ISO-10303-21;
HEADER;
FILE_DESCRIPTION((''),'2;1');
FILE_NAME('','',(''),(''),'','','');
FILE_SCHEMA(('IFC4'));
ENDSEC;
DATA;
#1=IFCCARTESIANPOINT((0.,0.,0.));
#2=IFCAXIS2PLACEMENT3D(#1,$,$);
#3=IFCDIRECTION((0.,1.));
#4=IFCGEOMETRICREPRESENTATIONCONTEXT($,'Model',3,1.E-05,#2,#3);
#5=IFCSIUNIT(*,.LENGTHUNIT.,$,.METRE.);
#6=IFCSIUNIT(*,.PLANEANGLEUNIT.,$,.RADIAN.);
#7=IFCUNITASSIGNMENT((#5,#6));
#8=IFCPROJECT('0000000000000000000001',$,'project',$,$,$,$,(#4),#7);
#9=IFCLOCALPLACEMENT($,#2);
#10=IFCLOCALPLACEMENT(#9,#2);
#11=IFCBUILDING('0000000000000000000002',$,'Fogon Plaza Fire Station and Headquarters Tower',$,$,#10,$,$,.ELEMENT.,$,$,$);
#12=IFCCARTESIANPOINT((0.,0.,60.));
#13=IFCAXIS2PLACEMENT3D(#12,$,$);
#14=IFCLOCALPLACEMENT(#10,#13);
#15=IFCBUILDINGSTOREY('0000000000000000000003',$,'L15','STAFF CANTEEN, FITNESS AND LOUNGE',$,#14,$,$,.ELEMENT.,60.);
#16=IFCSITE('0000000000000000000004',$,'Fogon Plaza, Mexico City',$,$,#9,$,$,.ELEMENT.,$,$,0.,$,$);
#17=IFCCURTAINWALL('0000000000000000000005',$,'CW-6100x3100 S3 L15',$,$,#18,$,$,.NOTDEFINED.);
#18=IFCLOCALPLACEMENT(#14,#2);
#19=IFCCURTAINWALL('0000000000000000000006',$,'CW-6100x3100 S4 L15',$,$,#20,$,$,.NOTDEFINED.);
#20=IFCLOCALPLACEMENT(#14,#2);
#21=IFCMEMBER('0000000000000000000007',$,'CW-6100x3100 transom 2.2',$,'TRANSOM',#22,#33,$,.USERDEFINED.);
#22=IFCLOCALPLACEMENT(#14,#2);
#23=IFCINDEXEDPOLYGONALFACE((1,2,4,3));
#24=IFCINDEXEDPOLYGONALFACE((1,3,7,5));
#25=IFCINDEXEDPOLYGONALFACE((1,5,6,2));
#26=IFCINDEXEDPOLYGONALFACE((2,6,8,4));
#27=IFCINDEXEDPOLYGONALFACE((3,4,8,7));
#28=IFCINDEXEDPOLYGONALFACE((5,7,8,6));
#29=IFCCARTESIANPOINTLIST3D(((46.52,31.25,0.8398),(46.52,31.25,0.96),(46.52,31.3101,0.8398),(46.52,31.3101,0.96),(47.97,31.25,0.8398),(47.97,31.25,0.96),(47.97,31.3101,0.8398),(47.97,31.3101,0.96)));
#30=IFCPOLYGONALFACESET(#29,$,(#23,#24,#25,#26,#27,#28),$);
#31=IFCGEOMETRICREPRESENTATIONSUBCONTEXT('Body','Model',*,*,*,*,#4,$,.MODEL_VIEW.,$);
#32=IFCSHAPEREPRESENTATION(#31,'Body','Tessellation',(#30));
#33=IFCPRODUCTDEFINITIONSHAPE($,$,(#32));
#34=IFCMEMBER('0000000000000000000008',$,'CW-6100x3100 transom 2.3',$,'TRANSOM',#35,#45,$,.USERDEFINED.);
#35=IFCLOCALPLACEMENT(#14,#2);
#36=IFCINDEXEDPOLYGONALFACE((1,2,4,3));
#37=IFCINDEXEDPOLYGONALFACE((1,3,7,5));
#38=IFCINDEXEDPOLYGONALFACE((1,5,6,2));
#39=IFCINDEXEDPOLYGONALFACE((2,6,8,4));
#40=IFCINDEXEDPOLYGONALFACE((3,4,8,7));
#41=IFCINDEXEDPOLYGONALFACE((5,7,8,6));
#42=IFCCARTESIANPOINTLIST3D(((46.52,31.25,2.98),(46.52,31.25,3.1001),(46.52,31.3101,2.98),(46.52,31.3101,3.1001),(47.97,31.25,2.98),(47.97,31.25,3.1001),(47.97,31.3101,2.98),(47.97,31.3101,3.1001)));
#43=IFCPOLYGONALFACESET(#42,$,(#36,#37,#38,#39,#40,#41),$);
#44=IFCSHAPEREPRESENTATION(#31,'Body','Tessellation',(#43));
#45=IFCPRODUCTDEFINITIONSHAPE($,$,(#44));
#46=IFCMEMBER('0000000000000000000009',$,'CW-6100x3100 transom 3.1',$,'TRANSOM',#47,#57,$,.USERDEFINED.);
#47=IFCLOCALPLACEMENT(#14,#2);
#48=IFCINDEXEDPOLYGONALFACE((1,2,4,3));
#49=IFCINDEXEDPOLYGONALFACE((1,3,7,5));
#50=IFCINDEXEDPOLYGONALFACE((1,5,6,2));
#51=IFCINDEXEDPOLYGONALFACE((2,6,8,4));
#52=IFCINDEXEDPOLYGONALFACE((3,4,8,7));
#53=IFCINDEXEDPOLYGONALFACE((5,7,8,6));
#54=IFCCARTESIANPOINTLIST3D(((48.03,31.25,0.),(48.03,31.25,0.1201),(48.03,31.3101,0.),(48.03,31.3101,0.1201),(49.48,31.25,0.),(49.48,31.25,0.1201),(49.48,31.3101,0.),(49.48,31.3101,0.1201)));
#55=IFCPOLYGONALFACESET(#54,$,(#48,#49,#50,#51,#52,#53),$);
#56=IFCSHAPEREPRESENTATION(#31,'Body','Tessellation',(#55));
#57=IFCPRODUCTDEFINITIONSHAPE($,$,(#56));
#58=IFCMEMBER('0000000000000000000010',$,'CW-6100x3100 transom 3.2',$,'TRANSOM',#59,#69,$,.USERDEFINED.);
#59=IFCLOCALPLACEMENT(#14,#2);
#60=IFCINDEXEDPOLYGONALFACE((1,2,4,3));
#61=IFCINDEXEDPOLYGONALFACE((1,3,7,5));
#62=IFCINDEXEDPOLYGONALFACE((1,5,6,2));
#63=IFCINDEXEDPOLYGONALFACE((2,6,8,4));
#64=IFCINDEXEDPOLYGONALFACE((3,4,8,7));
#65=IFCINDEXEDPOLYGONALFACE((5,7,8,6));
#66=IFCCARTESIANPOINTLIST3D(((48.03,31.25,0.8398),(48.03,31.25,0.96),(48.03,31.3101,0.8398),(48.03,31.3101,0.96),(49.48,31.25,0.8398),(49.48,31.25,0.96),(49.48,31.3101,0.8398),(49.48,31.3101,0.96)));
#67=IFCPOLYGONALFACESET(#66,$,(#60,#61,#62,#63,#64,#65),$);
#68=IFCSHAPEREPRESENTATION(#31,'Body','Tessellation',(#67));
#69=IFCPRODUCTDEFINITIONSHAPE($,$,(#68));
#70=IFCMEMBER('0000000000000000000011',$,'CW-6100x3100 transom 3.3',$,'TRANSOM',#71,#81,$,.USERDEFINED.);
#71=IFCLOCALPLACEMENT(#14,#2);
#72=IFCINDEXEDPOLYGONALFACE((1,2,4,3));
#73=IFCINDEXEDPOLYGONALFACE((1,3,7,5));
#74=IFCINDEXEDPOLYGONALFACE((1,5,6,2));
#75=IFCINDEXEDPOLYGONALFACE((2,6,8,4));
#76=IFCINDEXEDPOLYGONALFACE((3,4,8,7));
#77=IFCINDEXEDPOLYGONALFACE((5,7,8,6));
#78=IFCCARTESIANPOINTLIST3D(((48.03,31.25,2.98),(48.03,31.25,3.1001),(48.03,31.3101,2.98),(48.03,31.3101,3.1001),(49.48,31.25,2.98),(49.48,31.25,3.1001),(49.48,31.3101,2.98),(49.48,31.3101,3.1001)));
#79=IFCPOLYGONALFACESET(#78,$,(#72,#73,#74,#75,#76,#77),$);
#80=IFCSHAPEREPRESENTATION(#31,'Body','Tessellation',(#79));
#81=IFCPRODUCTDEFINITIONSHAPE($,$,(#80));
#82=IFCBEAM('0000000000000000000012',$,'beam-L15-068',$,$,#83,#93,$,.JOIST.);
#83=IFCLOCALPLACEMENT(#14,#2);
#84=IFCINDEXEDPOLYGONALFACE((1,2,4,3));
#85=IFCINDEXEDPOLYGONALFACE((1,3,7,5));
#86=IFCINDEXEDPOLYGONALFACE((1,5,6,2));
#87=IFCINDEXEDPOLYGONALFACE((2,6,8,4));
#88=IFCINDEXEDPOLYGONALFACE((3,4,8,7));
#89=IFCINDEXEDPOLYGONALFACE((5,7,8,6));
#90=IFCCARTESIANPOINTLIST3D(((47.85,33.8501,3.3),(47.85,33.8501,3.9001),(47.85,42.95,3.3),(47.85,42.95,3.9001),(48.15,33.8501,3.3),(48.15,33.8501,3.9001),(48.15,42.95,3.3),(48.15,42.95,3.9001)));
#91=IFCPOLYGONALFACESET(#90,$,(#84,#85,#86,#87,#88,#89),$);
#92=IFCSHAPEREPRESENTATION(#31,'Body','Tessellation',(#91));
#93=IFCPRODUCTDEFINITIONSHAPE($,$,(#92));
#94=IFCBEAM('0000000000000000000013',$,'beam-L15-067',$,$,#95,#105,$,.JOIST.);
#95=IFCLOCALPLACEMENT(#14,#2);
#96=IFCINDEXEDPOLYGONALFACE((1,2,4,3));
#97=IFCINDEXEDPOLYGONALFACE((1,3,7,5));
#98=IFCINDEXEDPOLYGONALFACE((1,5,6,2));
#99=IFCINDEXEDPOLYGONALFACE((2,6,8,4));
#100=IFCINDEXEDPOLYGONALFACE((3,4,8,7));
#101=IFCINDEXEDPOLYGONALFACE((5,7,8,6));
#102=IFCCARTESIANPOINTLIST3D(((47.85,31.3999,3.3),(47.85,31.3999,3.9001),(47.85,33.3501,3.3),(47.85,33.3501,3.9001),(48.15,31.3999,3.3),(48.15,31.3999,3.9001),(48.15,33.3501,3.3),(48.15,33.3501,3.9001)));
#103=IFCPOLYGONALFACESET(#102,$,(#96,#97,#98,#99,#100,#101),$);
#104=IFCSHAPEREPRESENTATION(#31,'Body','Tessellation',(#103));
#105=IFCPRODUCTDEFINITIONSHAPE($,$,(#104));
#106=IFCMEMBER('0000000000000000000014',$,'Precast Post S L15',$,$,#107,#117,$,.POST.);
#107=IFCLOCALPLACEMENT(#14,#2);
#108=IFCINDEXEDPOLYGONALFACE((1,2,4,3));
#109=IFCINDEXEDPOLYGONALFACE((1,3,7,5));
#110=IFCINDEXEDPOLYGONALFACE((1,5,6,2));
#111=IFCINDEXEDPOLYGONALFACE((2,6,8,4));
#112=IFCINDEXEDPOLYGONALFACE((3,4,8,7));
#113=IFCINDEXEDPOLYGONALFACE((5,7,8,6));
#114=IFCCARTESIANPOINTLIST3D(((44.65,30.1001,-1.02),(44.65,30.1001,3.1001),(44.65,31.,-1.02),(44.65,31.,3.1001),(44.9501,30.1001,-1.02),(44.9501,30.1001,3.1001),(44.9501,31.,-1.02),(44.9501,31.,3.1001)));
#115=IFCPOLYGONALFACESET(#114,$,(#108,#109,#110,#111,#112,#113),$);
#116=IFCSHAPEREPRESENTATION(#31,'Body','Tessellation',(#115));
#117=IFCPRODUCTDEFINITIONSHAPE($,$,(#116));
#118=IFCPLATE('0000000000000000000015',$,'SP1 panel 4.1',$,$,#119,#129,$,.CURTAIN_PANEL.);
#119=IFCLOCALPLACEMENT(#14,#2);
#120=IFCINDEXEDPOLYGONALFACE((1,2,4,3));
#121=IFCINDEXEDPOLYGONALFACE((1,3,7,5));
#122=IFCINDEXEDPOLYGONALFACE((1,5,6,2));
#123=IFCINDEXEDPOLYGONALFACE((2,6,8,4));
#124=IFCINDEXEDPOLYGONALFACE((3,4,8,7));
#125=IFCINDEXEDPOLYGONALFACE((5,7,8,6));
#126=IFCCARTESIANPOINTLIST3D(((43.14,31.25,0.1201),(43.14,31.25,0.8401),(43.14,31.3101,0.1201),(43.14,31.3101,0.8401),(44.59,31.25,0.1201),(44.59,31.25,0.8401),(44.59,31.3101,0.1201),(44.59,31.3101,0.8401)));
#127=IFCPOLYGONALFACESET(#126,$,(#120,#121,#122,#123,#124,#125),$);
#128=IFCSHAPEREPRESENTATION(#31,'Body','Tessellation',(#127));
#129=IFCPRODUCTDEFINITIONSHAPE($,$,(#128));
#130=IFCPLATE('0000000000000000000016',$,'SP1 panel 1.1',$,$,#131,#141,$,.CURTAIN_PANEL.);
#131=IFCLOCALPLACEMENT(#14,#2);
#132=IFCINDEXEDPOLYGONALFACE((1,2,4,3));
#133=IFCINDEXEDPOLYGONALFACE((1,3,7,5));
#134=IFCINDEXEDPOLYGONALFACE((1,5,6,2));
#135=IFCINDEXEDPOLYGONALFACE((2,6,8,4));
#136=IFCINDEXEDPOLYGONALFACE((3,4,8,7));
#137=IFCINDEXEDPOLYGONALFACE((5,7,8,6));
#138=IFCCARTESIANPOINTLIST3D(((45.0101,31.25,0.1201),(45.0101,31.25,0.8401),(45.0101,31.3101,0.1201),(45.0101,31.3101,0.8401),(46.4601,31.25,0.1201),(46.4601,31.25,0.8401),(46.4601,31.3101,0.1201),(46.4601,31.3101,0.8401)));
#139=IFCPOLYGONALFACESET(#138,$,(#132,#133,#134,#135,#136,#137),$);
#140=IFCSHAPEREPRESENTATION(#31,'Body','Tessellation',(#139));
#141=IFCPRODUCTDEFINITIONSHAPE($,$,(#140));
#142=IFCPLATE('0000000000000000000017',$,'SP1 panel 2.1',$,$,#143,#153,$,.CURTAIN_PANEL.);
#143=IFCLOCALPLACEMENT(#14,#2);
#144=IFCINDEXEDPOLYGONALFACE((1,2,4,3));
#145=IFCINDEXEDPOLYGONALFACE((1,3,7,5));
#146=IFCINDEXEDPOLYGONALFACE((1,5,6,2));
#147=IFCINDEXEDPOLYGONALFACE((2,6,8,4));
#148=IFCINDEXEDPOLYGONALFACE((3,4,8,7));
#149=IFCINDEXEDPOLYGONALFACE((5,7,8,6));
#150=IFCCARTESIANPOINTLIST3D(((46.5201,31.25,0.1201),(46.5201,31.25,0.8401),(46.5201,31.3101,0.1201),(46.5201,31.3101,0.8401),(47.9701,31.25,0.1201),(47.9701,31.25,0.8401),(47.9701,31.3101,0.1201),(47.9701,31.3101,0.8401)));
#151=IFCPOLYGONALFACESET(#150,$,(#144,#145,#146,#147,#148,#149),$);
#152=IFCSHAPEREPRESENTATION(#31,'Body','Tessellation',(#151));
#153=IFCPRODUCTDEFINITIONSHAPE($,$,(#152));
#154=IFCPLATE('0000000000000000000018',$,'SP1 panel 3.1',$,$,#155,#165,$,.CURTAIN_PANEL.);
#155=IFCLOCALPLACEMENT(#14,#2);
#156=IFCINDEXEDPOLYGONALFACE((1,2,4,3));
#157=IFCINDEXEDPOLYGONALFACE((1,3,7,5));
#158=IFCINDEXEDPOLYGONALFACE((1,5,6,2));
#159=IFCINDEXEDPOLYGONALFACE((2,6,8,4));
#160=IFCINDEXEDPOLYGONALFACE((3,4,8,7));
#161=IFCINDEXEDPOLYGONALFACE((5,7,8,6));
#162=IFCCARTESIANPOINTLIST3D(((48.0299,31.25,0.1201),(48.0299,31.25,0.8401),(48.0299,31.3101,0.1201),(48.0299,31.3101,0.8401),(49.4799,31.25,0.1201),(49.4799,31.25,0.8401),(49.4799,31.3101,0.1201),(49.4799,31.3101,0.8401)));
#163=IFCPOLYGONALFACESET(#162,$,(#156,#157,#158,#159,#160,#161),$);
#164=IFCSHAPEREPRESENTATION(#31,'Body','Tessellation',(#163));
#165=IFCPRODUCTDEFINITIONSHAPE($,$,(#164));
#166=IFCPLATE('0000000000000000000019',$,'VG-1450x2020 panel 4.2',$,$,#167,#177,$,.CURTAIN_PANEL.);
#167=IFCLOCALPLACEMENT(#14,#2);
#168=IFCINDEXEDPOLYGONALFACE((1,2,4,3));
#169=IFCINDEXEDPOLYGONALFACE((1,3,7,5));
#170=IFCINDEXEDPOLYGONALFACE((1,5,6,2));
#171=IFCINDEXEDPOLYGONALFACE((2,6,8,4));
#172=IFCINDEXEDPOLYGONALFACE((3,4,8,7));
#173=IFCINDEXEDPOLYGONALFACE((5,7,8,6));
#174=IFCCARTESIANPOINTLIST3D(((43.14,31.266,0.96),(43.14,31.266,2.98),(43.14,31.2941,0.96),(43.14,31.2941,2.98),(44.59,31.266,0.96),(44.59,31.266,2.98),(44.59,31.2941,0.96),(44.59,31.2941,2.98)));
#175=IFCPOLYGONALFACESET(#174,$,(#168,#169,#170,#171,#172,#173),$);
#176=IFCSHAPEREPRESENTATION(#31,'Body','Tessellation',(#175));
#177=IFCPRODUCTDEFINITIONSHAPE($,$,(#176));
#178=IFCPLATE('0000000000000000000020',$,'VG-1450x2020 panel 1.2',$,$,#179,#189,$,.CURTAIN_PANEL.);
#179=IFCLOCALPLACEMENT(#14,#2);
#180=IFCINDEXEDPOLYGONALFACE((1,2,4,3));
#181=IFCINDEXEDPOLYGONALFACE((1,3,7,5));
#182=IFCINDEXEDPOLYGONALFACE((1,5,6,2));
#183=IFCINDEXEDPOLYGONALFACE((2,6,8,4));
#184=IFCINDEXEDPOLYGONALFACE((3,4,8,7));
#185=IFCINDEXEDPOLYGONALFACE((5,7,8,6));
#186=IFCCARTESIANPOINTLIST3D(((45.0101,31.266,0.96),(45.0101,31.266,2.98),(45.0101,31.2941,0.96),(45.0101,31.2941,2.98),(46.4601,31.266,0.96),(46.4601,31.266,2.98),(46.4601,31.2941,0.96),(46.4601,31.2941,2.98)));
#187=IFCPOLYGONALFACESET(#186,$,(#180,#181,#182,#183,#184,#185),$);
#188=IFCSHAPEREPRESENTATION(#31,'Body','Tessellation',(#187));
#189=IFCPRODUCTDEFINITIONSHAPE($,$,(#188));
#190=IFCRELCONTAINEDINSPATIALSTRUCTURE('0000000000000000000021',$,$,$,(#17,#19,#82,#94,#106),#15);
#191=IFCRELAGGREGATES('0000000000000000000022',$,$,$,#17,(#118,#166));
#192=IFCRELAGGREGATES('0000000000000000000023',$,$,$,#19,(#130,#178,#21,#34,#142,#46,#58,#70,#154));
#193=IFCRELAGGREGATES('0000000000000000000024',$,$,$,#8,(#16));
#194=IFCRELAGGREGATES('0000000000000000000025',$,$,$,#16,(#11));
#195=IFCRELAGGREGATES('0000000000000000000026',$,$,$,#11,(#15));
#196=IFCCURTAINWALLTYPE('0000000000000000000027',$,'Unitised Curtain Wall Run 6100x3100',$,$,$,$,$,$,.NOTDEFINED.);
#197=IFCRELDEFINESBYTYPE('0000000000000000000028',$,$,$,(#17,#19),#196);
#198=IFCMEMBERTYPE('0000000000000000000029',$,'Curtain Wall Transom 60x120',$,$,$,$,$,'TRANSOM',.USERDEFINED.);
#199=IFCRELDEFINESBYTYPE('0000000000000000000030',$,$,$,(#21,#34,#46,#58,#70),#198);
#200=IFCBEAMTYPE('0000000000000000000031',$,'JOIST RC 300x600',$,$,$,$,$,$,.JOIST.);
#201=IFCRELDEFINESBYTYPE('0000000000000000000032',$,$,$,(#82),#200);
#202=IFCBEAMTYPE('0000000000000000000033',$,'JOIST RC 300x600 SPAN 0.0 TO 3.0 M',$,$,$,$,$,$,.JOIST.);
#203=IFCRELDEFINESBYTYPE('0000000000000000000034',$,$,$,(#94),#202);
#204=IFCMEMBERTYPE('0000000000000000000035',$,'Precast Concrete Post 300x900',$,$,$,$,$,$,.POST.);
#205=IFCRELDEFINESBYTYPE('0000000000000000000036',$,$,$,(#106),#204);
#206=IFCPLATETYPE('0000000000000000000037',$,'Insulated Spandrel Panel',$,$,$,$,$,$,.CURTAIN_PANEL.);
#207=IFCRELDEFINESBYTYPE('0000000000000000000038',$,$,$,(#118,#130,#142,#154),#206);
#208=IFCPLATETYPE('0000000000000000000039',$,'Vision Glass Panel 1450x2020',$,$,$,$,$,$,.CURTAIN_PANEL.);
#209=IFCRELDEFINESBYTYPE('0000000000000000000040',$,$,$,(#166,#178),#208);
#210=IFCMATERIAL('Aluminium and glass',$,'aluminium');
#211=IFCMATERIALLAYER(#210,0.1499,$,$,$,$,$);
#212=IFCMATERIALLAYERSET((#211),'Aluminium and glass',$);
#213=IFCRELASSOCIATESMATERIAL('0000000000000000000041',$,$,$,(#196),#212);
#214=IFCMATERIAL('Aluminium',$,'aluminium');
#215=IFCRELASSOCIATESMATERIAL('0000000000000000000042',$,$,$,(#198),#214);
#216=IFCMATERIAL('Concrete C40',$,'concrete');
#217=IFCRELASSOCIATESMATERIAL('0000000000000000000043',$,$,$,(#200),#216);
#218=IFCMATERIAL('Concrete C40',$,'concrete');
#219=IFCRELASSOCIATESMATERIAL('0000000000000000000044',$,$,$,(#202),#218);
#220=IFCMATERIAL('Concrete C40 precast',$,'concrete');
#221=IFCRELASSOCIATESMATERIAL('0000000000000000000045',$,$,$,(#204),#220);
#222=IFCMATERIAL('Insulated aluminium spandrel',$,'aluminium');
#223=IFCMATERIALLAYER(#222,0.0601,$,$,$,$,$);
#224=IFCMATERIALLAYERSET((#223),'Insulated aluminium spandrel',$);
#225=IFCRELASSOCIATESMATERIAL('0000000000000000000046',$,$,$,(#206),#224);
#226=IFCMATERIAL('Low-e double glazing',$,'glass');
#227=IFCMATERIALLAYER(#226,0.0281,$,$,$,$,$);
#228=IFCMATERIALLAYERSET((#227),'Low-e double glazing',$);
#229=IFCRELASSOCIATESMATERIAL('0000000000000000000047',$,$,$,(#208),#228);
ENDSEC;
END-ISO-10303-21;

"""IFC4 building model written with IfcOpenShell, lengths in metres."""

from ifc_helpers import new_model, si_unit, direction, frame, origin, origin_2d, place, context, subcontext, project, spatial, rectangle, extrude, material, layer, layer_set, material_profile, profile_set, type_object, element, aggregate, save


model = new_model("IFC4")

# Units and contexts
model_context = context("Model", 3, precision=1e-05, world=origin(), true_north=direction((0.0, 1.0)))
body_context = subcontext(model_context, "Body", "Model", "MODEL_VIEW")
ifc_project = project(units=[si_unit("LENGTHUNIT", "METRE"), si_unit("PLANEANGLEUNIT", "RADIAN")], contexts=[model_context])

# Site, building, storey
site_placement = place(None, origin())
site = spatial("IfcSite", under=ifc_project, at=site_placement, Name="Fogon Plaza, Mexico City", CompositionType="ELEMENT", RefElevation=0.0)
building_placement = place(site_placement, origin())
building = spatial("IfcBuilding", under=site, at=building_placement, Name="Fogon Plaza Fire Station and Headquarters Tower", CompositionType="ELEMENT")
storey_placement = place(building_placement, frame((0.0, 0.0, 60.0)))
storey = spatial("IfcBuildingStorey", under=building, at=storey_placement, Name="L15", Description="STAFF CANTEEN, FITNESS AND LOUNGE", CompositionType="ELEMENT", Elevation=60.0)

# Curtain wall
ifc_material_1 = material(Name="Aluminium and glass", Category="aluminium")
ifc_layer_1 = layer(ifc_material_1, 0.1499)
ifc_layer_set_1 = layer_set([ifc_layer_1], Name="Aluminium and glass")
curtain_wall_type = type_object("IfcCurtainWallType", Name="Unitised Curtain Wall Run 6100x3100", PredefinedType="NOTDEFINED", material=ifc_layer_set_1)
curtain_wall_1_placement = place(storey_placement, origin())
curtain_wall_1 = element("IfcCurtainWall", 1, at=curtain_wall_1_placement, inside=storey, type_object=curtain_wall_type, Name="CW-6100x3100 S3 L15", PredefinedType="NOTDEFINED")

# Curtain wall, members
curtain_wall_2_placement = place(storey_placement, origin())
curtain_wall_2 = element("IfcCurtainWall", 2, at=curtain_wall_2_placement, inside=storey, type_object=curtain_wall_type, Name="CW-6100x3100 S4 L15", PredefinedType="NOTDEFINED")
ifc_material_2 = material(Name="Aluminium", Category="aluminium")
ifc_material_profile_1 = material_profile(ifc_material_2, rectangle(XDim=0.0601, YDim=0.1201, at=origin_2d()), Name="Curtain Wall Transom 60x120")
ifc_profile_set_1 = profile_set([ifc_material_profile_1], Name="Aluminium")
member_type_1 = type_object("IfcMemberType", Name="Curtain Wall Transom 60x120", ElementType="TRANSOM", PredefinedType="USERDEFINED", material=ifc_profile_set_1)
member_1_placement = place(storey_placement, frame((46.52, 31.28, 0.8999), z_axis=(1.0, 0.0, 0.0), x_axis=(0.0, 1.0, 0.0)))
member_1 = element("IfcMember", 3, at=member_1_placement, type_object=member_type_1, Name="CW-6100x3100 transom 2.2", ObjectType="TRANSOM", PredefinedType="USERDEFINED", context=body_context, shape_type="SweptSolid", body=[
    extrude(rectangle(XDim=0.0601, YDim=0.1201, at=origin_2d()), origin(), (0.0, 0.0, 1.0), 1.45),
])
member_2_placement = place(storey_placement, frame((46.52, 31.28, 3.04), z_axis=(1.0, 0.0, 0.0), x_axis=(0.0, 1.0, 0.0)))
member_2 = element("IfcMember", 4, at=member_2_placement, type_object=member_type_1, Name="CW-6100x3100 transom 2.3", ObjectType="TRANSOM", PredefinedType="USERDEFINED", context=body_context, shape_type="SweptSolid", body=[
    extrude(rectangle(XDim=0.0601, YDim=0.1201, at=origin_2d()), origin(), (0.0, 0.0, 1.0), 1.45),
])
member_3_placement = place(storey_placement, frame((48.03, 31.28, 0.0601), z_axis=(1.0, 0.0, 0.0), x_axis=(0.0, 1.0, 0.0)))
member_3 = element("IfcMember", 5, at=member_3_placement, type_object=member_type_1, Name="CW-6100x3100 transom 3.1", ObjectType="TRANSOM", PredefinedType="USERDEFINED", context=body_context, shape_type="SweptSolid", body=[
    extrude(rectangle(XDim=0.0601, YDim=0.1201, at=origin_2d()), origin(), (0.0, 0.0, 1.0), 1.45),
])
member_4_placement = place(storey_placement, frame((48.03, 31.28, 0.8999), z_axis=(1.0, 0.0, 0.0), x_axis=(0.0, 1.0, 0.0)))
member_4 = element("IfcMember", 6, at=member_4_placement, type_object=member_type_1, Name="CW-6100x3100 transom 3.2", ObjectType="TRANSOM", PredefinedType="USERDEFINED", context=body_context, shape_type="SweptSolid", body=[
    extrude(rectangle(XDim=0.0601, YDim=0.1201, at=origin_2d()), origin(), (0.0, 0.0, 1.0), 1.45),
])
member_5_placement = place(storey_placement, frame((48.03, 31.28, 3.04), z_axis=(1.0, 0.0, 0.0), x_axis=(0.0, 1.0, 0.0)))
member_5 = element("IfcMember", 7, at=member_5_placement, type_object=member_type_1, Name="CW-6100x3100 transom 3.3", ObjectType="TRANSOM", PredefinedType="USERDEFINED", context=body_context, shape_type="SweptSolid", body=[
    extrude(rectangle(XDim=0.0601, YDim=0.1201, at=origin_2d()), origin(), (0.0, 0.0, 1.0), 1.45),
])

# Beams
ifc_material_3 = material(Name="Concrete C40", Category="concrete")
ifc_material_profile_2 = material_profile(ifc_material_3, rectangle(XDim=0.3, YDim=0.6001, at=origin_2d()), Name="RC 300x600")
ifc_profile_set_2 = profile_set([ifc_material_profile_2], Name="Concrete C40")
beam_type_1 = type_object("IfcBeamType", Name="JOIST RC 300x600", PredefinedType="JOIST", material=ifc_profile_set_2)
beam_1_placement = place(storey_placement, frame((48.0, 33.8501, 3.6001), z_axis=(0.0, 1.0, 0.0), x_axis=(-1.0, 0.0, 0.0)))
element("IfcBeam", 8, at=beam_1_placement, inside=storey, type_object=beam_type_1, Name="beam-L15-068", PredefinedType="JOIST", context=body_context, shape_type="SweptSolid", body=[
    extrude(rectangle(XDim=0.3, YDim=0.6001, at=origin_2d()), origin(), (0.0, 0.0, 1.0), 9.0999),
])
ifc_material_4 = material(Name="Concrete C40", Category="concrete")
ifc_material_profile_3 = material_profile(ifc_material_4, rectangle(XDim=0.3, YDim=0.6001, at=origin_2d()), Name="RC 300x600")
ifc_profile_set_3 = profile_set([ifc_material_profile_3], Name="Concrete C40")
beam_type_2 = type_object("IfcBeamType", Name="JOIST RC 300x600 SPAN 0.0 TO 3.0 M", PredefinedType="JOIST", material=ifc_profile_set_3)
beam_2_placement = place(storey_placement, frame((48.0, 31.3999, 3.6001), z_axis=(0.0, 1.0, 0.0), x_axis=(-1.0, 0.0, 0.0)))
element("IfcBeam", 9, at=beam_2_placement, inside=storey, type_object=beam_type_2, Name="beam-L15-067", PredefinedType="JOIST", context=body_context, shape_type="SweptSolid", body=[
    extrude(rectangle(XDim=0.3, YDim=0.6001, at=origin_2d()), origin(), (0.0, 0.0, 1.0), 1.9502),
])

# Member
ifc_material_5 = material(Name="Concrete C40 precast", Category="concrete")
ifc_material_profile_4 = material_profile(ifc_material_5, rectangle(XDim=0.3, YDim=0.8999, at=origin_2d()), Name="Precast Concrete Post 300x900")
ifc_profile_set_4 = profile_set([ifc_material_profile_4], Name="Concrete C40 precast")
member_type_2 = type_object("IfcMemberType", Name="Precast Concrete Post 300x900", PredefinedType="POST", material=ifc_profile_set_4)
member_6_placement = place(storey_placement, frame((44.8, 30.55, -1.02), z_axis=(0.0, 0.0, 1.0), x_axis=(1.0, 0.0, 0.0)))
element("IfcMember", 10, at=member_6_placement, inside=storey, type_object=member_type_2, Name="Precast Post S L15", PredefinedType="POST", context=body_context, shape_type="SweptSolid", body=[
    extrude(rectangle(XDim=0.3, YDim=0.8999, at=origin_2d()), origin(), (0.0, 0.0, 1.0), 4.1201),
])

# Plates
ifc_material_6 = material(Name="Insulated aluminium spandrel", Category="aluminium")
ifc_layer_2 = layer(ifc_material_6, 0.0601)
ifc_layer_set_2 = layer_set([ifc_layer_2], Name="Insulated aluminium spandrel")
plate_type_1 = type_object("IfcPlateType", Name="Insulated Spandrel Panel", PredefinedType="CURTAIN_PANEL", material=ifc_layer_set_2)
plate_1_placement = place(storey_placement, frame((43.865, 31.28, 0.1201), z_axis=(0.0, 0.0, 1.0), x_axis=(1.0, 0.0, 0.0)))
plate_1 = element("IfcPlate", 11, at=plate_1_placement, type_object=plate_type_1, Name="SP1 panel 4.1", PredefinedType="CURTAIN_PANEL", context=body_context, shape_type="SweptSolid", body=[
    extrude(rectangle(XDim=1.45, YDim=0.0601, at=origin_2d()), origin(), (0.0, 0.0, 1.0), 0.72),
])
plate_2_placement = place(storey_placement, frame((45.7351, 31.28, 0.1201), z_axis=(0.0, 0.0, 1.0), x_axis=(1.0, 0.0, 0.0)))
plate_2 = element("IfcPlate", 12, at=plate_2_placement, type_object=plate_type_1, Name="SP1 panel 1.1", PredefinedType="CURTAIN_PANEL", context=body_context, shape_type="SweptSolid", body=[
    extrude(rectangle(XDim=1.45, YDim=0.0601, at=origin_2d()), origin(), (0.0, 0.0, 1.0), 0.72),
])
plate_3_placement = place(storey_placement, frame((47.2451, 31.28, 0.1201), z_axis=(0.0, 0.0, 1.0), x_axis=(1.0, 0.0, 0.0)))
plate_3 = element("IfcPlate", 13, at=plate_3_placement, type_object=plate_type_1, Name="SP1 panel 2.1", PredefinedType="CURTAIN_PANEL", context=body_context, shape_type="SweptSolid", body=[
    extrude(rectangle(XDim=1.45, YDim=0.0601, at=origin_2d()), origin(), (0.0, 0.0, 1.0), 0.72),
])
plate_4_placement = place(storey_placement, frame((48.7549, 31.28, 0.1201), z_axis=(0.0, 0.0, 1.0), x_axis=(1.0, 0.0, 0.0)))
plate_4 = element("IfcPlate", 14, at=plate_4_placement, type_object=plate_type_1, Name="SP1 panel 3.1", PredefinedType="CURTAIN_PANEL", context=body_context, shape_type="SweptSolid", body=[
    extrude(rectangle(XDim=1.45, YDim=0.0601, at=origin_2d()), origin(), (0.0, 0.0, 1.0), 0.72),
])
ifc_material_7 = material(Name="Low-e double glazing", Category="glass")
ifc_layer_3 = layer(ifc_material_7, 0.0281)
ifc_layer_set_3 = layer_set([ifc_layer_3], Name="Low-e double glazing")
plate_type_2 = type_object("IfcPlateType", Name="Vision Glass Panel 1450x2020", PredefinedType="CURTAIN_PANEL", material=ifc_layer_set_3)
plate_5_placement = place(storey_placement, frame((43.865, 31.28, 0.96), z_axis=(0.0, 0.0, 1.0), x_axis=(1.0, 0.0, 0.0)))
plate_5 = element("IfcPlate", 15, at=plate_5_placement, type_object=plate_type_2, Name="VG-1450x2020 panel 4.2", PredefinedType="CURTAIN_PANEL", context=body_context, shape_type="SweptSolid", body=[
    extrude(rectangle(XDim=1.45, YDim=0.0281, at=origin_2d()), origin(), (0.0, 0.0, 1.0), 2.02),
])
aggregate(curtain_wall_1, [plate_1, plate_5])
plate_6_placement = place(storey_placement, frame((45.7351, 31.28, 0.96), z_axis=(0.0, 0.0, 1.0), x_axis=(1.0, 0.0, 0.0)))
plate_6 = element("IfcPlate", 16, at=plate_6_placement, type_object=plate_type_2, Name="VG-1450x2020 panel 1.2", PredefinedType="CURTAIN_PANEL", context=body_context, shape_type="SweptSolid", body=[
    extrude(rectangle(XDim=1.45, YDim=0.0281, at=origin_2d()), origin(), (0.0, 0.0, 1.0), 2.02),
])
aggregate(curtain_wall_2, [plate_2, plate_6, member_1, member_2, plate_3, member_3, member_4, member_5, plate_4])

save(model, "model.ifc")
